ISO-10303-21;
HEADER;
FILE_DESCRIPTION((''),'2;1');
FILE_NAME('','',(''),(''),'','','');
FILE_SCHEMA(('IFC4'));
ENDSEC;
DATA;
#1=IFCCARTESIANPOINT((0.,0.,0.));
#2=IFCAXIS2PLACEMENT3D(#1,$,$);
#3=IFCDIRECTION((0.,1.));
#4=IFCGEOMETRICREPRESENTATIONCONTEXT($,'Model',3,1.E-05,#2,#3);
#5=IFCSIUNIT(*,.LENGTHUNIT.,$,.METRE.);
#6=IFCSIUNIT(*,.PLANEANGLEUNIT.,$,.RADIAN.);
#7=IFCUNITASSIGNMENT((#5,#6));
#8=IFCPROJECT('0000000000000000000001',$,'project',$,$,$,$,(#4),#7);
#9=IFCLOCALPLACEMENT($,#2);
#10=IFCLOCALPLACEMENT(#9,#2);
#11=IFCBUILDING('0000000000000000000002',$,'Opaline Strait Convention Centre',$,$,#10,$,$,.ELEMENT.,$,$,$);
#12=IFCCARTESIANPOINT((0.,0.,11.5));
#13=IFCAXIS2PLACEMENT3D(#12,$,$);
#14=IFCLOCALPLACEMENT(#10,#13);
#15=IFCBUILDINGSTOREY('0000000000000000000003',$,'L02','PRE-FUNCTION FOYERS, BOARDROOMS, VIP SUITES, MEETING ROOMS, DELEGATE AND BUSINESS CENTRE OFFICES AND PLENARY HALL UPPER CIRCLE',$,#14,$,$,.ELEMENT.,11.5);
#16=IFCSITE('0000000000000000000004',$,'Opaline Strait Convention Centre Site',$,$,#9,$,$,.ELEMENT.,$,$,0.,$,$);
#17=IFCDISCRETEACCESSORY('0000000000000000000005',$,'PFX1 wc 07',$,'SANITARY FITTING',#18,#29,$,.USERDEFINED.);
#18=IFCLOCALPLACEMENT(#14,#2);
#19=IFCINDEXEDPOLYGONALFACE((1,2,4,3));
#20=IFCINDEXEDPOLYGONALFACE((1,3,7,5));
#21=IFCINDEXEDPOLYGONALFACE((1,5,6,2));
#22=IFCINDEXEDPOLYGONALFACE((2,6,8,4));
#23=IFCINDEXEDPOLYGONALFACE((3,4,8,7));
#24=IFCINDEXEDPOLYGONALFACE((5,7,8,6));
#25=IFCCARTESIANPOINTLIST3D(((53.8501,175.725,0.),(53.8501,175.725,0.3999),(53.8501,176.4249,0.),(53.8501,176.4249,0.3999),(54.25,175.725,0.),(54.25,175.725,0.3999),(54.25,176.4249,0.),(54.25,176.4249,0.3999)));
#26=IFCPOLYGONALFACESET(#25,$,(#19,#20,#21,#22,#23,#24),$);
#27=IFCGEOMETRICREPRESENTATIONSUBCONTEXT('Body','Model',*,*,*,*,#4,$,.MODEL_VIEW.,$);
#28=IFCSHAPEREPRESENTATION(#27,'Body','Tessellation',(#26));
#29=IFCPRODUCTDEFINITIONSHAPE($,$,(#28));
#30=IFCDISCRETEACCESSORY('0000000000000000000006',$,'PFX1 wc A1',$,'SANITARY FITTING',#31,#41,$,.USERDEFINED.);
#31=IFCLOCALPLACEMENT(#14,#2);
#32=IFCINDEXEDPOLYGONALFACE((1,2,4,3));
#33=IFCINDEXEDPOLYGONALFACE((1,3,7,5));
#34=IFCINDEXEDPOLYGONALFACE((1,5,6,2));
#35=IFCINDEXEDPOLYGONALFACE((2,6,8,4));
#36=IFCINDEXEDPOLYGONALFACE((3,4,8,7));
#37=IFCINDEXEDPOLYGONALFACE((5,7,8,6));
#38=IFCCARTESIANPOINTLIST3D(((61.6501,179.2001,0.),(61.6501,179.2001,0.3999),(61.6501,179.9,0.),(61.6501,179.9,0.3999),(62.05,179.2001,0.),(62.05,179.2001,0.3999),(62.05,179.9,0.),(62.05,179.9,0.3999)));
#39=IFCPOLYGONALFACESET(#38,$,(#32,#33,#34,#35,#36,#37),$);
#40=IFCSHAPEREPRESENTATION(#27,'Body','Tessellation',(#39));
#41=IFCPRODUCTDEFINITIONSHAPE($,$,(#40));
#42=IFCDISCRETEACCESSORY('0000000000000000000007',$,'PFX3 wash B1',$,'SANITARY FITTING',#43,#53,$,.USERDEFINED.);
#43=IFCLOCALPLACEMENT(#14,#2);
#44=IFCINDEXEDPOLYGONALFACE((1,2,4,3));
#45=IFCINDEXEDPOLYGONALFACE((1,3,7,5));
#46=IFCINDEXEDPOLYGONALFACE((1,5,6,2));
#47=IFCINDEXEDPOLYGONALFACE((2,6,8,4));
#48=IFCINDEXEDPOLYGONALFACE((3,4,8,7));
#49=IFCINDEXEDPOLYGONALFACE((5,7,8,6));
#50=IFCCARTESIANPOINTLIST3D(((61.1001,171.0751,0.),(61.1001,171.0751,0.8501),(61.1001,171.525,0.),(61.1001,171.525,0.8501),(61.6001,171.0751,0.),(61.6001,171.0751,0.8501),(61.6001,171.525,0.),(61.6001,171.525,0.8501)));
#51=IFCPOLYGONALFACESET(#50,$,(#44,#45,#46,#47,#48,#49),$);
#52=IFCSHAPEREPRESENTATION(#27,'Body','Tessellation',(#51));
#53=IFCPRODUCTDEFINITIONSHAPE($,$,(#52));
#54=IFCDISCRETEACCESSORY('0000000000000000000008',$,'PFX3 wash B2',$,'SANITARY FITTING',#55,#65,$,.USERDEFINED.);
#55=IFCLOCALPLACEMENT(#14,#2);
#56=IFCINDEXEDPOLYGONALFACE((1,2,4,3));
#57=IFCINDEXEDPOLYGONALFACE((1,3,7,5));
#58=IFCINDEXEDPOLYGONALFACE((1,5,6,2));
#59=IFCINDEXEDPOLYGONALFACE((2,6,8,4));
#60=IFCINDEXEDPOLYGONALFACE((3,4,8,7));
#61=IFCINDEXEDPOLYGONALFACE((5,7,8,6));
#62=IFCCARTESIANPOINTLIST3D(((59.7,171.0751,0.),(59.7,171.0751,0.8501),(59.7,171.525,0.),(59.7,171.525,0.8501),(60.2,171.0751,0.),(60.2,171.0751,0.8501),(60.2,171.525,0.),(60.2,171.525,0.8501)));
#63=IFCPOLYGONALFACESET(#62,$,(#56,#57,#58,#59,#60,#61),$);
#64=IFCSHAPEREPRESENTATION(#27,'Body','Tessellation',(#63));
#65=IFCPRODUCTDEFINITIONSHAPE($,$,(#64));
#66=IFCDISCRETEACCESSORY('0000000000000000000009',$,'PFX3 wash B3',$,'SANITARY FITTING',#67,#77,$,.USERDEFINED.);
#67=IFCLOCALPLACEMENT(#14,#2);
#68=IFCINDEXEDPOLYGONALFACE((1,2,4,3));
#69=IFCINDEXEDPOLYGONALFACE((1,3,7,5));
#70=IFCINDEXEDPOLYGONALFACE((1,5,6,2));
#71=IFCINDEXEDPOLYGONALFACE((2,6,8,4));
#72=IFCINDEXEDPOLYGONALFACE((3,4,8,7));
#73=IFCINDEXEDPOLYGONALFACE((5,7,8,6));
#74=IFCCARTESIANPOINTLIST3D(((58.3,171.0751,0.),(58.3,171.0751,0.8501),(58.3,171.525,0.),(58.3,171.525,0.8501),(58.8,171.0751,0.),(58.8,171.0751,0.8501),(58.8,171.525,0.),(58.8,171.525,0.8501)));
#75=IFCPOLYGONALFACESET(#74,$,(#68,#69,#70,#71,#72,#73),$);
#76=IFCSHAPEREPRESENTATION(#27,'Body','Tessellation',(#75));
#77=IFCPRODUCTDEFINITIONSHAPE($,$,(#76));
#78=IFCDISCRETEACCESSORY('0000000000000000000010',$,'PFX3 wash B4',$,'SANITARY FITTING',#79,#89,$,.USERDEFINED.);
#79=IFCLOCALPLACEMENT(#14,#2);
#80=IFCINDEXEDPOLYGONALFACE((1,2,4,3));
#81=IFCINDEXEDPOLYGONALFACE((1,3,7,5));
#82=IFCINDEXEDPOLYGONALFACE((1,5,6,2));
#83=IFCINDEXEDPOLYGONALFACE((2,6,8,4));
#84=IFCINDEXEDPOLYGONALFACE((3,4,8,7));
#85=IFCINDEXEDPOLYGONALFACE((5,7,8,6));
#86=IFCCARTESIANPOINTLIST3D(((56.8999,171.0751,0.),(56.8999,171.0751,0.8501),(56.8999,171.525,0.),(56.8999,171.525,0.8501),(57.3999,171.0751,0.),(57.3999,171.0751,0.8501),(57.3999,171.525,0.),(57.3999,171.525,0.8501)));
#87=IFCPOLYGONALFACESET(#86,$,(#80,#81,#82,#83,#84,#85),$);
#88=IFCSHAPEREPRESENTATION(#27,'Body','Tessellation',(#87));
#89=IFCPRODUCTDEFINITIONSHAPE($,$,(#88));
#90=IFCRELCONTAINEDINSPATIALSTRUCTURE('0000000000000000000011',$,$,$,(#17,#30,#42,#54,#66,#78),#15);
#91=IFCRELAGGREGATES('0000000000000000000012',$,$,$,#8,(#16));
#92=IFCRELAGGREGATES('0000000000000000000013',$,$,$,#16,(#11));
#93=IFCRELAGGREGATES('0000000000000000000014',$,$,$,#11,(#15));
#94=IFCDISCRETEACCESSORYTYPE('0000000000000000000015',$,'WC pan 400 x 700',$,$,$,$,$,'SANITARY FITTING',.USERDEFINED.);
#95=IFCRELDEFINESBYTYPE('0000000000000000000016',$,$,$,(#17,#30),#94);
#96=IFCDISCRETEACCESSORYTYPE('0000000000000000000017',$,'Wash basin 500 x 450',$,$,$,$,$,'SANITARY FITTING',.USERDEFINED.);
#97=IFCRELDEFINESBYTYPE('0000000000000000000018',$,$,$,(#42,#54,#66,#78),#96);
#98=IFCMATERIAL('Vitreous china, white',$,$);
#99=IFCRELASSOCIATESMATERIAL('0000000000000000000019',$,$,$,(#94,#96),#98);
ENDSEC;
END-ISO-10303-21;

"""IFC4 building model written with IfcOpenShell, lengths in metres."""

from ifc_helpers import new_model, si_unit, direction, frame, origin, origin_2d, place, context, subcontext, project, spatial, rectangle, extrude, material, type_object, element, save


model = new_model("IFC4")

# Units and contexts
model_context = context("Model", 3, precision=1e-05, world=origin(), true_north=direction((0.0, 1.0)))
body_context = subcontext(model_context, "Body", "Model", "MODEL_VIEW")
ifc_project = project(units=[si_unit("LENGTHUNIT", "METRE"), si_unit("PLANEANGLEUNIT", "RADIAN")], contexts=[model_context])

# Site, building, storey
site_placement = place(None, origin())
site = spatial("IfcSite", under=ifc_project, at=site_placement, Name="Opaline Strait Convention Centre Site", CompositionType="ELEMENT", RefElevation=0.0)
building_placement = place(site_placement, origin())
building = spatial("IfcBuilding", under=site, at=building_placement, Name="Opaline Strait Convention Centre", CompositionType="ELEMENT")
storey_placement = place(building_placement, frame((0.0, 0.0, 11.5)))
storey = spatial("IfcBuildingStorey", under=building, at=storey_placement, Name="L02", Description="PRE-FUNCTION FOYERS, BOARDROOMS, VIP SUITES, MEETING ROOMS, DELEGATE AND BUSINESS CENTRE OFFICES AND PLENARY HALL UPPER CIRCLE", CompositionType="ELEMENT", Elevation=11.5)

# Discrete accessories
ifc_material_1 = material(Name="Vitreous china, white")
discrete_accessory_type_1 = type_object("IfcDiscreteAccessoryType", Name="WC pan 400 x 700", ElementType="SANITARY FITTING", PredefinedType="USERDEFINED", material=ifc_material_1)
for number, where, z_axis, x_axis, name in (
    (1, (54.05, 176.075, 0.0), (0.0, 0.0, 1.0), (1.0, 0.0, 0.0), "PFX1 wc 07"),
    (2, (61.8501, 179.55, 0.0), (0.0, 0.0, 1.0), (1.0, 0.0, 0.0), "PFX1 wc A1"),
):
    element("IfcDiscreteAccessory", number, at=place(storey_placement, frame(where, z_axis=z_axis, x_axis=x_axis)), inside=storey, type_object=discrete_accessory_type_1, Name=name, ObjectType="SANITARY FITTING", PredefinedType="USERDEFINED", context=body_context, shape_type="SweptSolid", body=[
        extrude(rectangle(XDim=0.3999, YDim=0.7, at=origin_2d()), origin(), (0.0, 0.0, 1.0), 0.3999),
    ])
discrete_accessory_type_2 = type_object("IfcDiscreteAccessoryType", Name="Wash basin 500 x 450", ElementType="SANITARY FITTING", PredefinedType="USERDEFINED", material=ifc_material_1)
for number, where, z_axis, x_axis, name in (
    (3, (61.3501, 171.3, 0.0), (0.0, 0.0, 1.0), (1.0, 0.0, 0.0), "PFX3 wash B1"),
    (4, (59.95, 171.3, 0.0), (0.0, 0.0, 1.0), (1.0, 0.0, 0.0), "PFX3 wash B2"),
    (5, (58.55, 171.3, 0.0), (0.0, 0.0, 1.0), (1.0, 0.0, 0.0), "PFX3 wash B3"),
    (6, (57.1499, 171.3, 0.0), (0.0, 0.0, 1.0), (1.0, 0.0, 0.0), "PFX3 wash B4"),
):
    element("IfcDiscreteAccessory", number, at=place(storey_placement, frame(where, z_axis=z_axis, x_axis=x_axis)), inside=storey, type_object=discrete_accessory_type_2, Name=name, ObjectType="SANITARY FITTING", PredefinedType="USERDEFINED", context=body_context, shape_type="SweptSolid", body=[
        extrude(rectangle(XDim=0.5, YDim=0.45, at=origin_2d()), origin(), (0.0, 0.0, 1.0), 0.8501),
    ])

save(model, "model.ifc")
